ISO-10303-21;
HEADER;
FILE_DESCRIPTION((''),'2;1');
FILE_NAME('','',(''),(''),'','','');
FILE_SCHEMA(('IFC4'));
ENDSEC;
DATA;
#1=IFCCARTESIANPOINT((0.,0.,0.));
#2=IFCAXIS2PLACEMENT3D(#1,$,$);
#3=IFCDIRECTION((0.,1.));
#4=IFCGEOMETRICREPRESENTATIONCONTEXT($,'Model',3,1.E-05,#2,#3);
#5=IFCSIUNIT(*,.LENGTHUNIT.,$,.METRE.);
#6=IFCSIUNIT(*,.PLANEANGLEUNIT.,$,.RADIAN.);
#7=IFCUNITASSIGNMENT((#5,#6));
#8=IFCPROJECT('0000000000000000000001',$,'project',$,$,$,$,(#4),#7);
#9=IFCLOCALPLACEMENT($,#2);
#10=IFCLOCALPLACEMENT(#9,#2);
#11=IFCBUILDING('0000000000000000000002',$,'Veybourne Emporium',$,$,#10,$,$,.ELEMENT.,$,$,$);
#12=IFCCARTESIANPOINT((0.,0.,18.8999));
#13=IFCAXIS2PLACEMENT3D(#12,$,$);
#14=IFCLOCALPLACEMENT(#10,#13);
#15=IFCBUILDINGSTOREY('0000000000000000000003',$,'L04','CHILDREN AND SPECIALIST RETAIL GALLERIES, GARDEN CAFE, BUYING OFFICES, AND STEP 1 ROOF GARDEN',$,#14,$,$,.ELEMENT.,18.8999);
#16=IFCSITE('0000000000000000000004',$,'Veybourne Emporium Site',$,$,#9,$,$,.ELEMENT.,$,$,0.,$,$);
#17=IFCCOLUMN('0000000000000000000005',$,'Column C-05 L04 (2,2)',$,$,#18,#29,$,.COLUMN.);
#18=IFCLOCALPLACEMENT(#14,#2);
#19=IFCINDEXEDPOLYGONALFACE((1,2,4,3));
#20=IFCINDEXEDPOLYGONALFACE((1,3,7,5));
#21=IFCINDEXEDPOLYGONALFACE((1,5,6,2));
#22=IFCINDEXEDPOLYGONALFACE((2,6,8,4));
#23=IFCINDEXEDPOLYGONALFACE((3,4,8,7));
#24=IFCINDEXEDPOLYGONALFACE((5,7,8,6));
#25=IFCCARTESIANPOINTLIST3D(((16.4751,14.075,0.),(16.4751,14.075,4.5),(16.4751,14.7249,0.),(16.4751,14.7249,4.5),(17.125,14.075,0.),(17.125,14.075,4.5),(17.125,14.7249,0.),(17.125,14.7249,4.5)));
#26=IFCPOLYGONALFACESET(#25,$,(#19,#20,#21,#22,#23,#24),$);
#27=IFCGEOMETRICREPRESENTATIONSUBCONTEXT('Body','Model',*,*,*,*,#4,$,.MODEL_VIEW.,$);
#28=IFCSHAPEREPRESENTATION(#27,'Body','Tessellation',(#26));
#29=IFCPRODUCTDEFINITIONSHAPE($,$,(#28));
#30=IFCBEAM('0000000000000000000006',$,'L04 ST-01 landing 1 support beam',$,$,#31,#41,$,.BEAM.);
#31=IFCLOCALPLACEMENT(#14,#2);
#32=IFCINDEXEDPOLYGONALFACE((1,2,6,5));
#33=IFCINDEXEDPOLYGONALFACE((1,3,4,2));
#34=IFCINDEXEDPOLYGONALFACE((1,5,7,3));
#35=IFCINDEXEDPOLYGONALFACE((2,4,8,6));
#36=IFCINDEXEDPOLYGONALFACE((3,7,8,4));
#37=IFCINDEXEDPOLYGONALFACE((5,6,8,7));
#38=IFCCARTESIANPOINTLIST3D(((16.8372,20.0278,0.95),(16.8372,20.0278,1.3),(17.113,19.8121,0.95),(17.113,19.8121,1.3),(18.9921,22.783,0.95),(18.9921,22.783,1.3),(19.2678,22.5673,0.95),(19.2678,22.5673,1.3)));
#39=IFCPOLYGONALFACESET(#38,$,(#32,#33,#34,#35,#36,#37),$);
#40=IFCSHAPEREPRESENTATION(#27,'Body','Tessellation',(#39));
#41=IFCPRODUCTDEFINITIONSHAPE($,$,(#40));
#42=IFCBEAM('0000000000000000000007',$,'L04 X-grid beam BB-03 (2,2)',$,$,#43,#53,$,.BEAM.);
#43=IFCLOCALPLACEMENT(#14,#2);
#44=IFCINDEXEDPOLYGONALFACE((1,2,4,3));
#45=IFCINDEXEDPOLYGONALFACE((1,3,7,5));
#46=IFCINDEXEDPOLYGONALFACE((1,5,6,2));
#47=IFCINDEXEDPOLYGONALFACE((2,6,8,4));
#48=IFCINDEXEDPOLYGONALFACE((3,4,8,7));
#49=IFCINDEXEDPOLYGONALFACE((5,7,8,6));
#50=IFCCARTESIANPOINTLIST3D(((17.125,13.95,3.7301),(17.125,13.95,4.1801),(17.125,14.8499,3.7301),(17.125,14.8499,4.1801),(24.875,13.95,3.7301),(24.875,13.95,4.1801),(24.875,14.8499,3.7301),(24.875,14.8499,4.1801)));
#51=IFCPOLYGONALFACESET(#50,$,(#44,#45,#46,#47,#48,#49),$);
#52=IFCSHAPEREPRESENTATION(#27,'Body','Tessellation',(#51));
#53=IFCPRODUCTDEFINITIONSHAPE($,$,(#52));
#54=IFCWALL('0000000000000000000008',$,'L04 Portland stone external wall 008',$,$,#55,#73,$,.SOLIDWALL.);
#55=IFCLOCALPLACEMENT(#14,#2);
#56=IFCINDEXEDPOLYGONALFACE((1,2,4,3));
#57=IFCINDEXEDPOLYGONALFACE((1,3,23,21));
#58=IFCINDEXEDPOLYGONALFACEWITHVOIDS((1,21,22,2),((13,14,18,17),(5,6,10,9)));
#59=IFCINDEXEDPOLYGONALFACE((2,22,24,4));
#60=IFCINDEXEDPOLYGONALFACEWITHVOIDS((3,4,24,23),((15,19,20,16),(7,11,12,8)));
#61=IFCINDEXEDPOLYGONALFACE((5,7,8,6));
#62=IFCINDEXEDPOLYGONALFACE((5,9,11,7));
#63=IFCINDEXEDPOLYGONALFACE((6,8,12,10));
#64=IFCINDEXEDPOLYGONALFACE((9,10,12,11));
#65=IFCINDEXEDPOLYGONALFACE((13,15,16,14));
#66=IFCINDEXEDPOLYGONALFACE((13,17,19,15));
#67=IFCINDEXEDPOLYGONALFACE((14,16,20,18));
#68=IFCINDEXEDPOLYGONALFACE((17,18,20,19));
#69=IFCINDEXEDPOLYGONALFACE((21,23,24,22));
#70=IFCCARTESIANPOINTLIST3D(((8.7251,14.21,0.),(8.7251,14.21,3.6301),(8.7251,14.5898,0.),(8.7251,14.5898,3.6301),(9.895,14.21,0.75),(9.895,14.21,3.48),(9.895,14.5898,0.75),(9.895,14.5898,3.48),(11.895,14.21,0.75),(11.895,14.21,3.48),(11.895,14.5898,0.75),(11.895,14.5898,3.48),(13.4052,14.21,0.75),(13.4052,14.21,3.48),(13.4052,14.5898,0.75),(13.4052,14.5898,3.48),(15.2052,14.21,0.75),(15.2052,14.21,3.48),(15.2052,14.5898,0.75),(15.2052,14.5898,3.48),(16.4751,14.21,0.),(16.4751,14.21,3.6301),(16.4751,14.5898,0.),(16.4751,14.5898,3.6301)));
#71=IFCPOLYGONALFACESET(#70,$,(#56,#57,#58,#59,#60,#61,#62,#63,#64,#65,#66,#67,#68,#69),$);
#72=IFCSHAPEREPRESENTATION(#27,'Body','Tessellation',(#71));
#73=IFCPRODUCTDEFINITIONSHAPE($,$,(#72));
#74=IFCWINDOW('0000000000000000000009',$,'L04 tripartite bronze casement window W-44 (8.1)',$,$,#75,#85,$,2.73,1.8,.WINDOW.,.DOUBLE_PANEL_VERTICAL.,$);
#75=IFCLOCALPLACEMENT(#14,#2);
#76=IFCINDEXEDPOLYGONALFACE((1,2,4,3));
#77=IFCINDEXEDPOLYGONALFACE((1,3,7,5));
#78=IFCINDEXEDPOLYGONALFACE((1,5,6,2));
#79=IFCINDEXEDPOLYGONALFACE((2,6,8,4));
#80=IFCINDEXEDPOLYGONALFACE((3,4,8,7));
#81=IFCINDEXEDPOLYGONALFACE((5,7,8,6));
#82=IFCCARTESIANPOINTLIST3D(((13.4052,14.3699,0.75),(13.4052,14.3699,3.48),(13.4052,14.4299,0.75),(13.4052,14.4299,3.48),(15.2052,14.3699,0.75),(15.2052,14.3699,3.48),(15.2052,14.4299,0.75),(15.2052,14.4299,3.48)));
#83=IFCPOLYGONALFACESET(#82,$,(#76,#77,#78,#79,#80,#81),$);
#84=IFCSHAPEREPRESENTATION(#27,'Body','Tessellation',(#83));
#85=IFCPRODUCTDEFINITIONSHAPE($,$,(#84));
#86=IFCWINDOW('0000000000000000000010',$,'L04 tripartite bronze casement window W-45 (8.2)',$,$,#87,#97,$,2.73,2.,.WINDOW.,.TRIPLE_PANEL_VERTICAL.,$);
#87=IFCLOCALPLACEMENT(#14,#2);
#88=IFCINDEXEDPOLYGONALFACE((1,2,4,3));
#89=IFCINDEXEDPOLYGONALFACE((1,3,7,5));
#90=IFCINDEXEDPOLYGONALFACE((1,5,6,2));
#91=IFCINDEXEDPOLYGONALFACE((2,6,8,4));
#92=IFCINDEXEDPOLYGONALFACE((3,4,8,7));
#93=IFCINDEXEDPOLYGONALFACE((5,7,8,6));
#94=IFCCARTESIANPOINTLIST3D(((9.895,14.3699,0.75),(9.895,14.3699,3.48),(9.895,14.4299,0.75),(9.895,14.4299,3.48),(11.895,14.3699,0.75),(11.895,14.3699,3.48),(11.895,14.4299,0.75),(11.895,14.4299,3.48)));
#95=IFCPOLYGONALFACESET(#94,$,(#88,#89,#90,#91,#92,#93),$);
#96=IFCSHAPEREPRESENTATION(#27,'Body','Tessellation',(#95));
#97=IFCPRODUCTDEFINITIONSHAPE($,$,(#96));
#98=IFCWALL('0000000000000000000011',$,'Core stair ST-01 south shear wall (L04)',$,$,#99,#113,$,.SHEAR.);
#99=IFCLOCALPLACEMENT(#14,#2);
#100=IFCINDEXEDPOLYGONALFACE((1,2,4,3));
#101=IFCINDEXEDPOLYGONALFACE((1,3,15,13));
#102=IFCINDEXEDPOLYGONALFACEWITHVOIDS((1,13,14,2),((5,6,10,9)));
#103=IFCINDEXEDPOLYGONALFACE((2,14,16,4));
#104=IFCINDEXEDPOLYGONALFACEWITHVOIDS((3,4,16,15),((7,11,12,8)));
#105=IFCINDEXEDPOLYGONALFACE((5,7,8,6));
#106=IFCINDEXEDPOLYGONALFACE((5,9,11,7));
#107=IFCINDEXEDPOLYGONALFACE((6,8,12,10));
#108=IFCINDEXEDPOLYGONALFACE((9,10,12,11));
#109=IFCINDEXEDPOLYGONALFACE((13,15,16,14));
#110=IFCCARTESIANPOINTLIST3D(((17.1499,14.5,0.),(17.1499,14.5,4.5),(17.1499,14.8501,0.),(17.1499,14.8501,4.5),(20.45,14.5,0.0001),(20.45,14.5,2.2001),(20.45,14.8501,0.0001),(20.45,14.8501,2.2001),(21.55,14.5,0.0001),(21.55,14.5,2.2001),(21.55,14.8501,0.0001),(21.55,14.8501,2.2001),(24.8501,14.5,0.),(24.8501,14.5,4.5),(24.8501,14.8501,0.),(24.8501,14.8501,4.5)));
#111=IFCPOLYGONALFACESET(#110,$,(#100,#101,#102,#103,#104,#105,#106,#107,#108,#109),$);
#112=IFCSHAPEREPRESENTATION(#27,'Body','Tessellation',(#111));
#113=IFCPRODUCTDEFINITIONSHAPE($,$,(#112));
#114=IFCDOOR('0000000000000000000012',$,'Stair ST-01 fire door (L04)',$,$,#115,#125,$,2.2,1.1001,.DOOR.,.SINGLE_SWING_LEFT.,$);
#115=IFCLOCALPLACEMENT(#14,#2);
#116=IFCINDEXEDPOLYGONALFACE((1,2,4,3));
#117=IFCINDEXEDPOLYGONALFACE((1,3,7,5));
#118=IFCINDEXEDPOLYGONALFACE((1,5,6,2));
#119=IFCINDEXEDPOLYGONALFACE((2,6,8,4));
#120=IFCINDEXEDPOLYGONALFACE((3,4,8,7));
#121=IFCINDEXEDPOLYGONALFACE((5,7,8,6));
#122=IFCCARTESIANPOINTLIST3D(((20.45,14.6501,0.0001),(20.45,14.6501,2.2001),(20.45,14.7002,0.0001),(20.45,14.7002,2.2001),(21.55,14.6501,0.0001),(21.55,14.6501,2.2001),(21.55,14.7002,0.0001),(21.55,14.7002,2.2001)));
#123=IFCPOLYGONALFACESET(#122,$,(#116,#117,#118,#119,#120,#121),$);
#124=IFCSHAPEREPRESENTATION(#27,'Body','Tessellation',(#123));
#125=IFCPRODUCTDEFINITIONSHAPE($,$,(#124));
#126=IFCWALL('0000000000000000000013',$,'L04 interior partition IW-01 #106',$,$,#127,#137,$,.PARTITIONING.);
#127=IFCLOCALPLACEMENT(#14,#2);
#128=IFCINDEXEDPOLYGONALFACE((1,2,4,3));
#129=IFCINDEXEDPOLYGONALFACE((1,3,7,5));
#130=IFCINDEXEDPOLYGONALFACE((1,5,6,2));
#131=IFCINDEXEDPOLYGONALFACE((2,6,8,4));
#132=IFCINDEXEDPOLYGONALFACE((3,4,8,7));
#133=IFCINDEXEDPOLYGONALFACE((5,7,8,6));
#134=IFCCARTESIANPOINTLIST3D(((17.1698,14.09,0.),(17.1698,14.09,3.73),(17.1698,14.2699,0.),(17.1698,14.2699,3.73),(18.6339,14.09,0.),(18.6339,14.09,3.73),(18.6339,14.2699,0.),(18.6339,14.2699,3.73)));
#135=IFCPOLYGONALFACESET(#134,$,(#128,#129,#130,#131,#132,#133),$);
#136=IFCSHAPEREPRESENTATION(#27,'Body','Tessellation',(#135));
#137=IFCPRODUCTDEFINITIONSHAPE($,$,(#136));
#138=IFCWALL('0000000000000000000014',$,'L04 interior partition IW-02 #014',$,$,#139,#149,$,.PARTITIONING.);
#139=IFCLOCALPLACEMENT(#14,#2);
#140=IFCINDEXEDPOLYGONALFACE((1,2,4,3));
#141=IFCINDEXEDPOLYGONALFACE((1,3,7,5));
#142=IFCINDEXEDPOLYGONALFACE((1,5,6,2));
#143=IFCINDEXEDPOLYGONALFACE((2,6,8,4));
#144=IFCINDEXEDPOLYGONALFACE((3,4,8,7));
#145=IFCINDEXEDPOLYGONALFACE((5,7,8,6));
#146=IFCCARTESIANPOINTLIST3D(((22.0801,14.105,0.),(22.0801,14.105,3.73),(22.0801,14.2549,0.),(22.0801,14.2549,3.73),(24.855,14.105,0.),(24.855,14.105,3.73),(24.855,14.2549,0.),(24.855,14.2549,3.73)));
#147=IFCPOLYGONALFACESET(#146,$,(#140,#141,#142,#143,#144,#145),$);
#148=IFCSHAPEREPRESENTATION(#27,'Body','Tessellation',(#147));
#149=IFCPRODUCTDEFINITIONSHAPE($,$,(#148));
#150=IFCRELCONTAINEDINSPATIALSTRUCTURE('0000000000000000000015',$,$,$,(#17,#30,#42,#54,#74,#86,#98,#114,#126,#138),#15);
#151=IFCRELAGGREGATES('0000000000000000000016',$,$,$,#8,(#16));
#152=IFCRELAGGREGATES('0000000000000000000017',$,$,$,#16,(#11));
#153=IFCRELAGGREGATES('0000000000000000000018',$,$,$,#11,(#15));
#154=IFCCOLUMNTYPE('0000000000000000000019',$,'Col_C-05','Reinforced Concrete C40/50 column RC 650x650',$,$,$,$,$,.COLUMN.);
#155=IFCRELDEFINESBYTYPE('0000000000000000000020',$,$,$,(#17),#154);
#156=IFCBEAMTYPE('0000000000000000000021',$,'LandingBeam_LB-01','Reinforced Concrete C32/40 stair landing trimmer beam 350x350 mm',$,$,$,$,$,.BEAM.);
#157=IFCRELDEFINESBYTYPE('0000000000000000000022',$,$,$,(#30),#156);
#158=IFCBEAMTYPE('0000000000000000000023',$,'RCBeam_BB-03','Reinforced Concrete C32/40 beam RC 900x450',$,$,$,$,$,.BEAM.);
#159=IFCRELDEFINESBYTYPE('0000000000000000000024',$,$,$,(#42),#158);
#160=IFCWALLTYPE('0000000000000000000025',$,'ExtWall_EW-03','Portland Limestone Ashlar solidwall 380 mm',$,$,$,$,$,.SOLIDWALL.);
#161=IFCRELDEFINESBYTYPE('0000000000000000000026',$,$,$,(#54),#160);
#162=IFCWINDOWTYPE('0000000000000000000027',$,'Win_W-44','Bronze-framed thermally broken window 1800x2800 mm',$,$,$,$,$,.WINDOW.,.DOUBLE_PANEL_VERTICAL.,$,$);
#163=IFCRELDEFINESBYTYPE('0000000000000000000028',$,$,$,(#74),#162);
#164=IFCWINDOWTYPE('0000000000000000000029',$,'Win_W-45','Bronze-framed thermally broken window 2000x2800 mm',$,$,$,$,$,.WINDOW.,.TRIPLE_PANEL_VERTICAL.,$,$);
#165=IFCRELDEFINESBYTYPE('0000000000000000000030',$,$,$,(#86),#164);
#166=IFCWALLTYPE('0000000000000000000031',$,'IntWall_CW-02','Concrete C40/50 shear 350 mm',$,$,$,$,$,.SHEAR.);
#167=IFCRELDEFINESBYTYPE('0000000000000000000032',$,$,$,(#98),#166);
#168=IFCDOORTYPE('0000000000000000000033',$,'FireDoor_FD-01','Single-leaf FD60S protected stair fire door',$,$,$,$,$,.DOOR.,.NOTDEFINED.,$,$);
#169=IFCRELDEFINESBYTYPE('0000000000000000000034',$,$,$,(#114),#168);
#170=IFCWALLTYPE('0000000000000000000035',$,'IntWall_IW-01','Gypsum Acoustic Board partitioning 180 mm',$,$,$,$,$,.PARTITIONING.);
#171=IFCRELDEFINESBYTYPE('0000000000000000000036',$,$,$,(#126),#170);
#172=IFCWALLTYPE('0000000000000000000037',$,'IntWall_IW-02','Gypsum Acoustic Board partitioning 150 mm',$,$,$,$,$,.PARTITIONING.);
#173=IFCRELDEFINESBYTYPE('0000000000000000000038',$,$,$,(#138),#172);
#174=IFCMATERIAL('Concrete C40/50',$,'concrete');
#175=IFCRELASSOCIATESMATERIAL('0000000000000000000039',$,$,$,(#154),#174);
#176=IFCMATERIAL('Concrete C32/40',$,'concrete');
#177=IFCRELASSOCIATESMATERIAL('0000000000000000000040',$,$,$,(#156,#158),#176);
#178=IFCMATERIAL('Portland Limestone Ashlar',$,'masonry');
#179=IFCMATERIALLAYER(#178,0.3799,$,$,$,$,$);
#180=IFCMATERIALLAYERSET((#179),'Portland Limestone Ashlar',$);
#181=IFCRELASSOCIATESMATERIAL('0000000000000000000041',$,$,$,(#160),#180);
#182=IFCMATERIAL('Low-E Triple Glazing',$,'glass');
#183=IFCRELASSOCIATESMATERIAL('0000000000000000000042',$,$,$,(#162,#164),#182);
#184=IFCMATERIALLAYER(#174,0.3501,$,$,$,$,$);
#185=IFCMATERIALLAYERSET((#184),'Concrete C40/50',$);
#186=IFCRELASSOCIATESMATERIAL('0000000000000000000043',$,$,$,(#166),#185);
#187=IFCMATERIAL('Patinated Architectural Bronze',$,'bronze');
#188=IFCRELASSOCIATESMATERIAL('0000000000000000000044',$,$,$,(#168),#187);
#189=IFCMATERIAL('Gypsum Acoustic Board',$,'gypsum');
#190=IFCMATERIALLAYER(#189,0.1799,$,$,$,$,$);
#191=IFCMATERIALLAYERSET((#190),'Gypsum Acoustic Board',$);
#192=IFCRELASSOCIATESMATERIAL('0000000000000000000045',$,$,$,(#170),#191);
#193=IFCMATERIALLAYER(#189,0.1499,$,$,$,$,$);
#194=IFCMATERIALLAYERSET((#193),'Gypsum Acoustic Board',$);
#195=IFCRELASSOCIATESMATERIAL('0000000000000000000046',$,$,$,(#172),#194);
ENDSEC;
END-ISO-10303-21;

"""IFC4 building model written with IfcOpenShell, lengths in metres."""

from ifc_helpers import new_model, si_unit, direction, frame, frame_2d, origin, origin_2d, place, context, subcontext, project, spatial, rectangle, extrude, material, layer, layer_set, material_profile, profile_set, type_object, element, fill, save


model = new_model("IFC4")

# Units and contexts
model_context = context("Model", 3, precision=1e-05, world=origin(), true_north=direction((0.0, 1.0)))
body_context = subcontext(model_context, "Body", "Model", "MODEL_VIEW")
ifc_project = project(units=[si_unit("LENGTHUNIT", "METRE"), si_unit("PLANEANGLEUNIT", "RADIAN")], contexts=[model_context])

# Site, building, storey
site_placement = place(None, origin())
site = spatial("IfcSite", under=ifc_project, at=site_placement, Name="Veybourne Emporium Site", CompositionType="ELEMENT", RefElevation=0.0)
building_placement = place(site_placement, origin())
building = spatial("IfcBuilding", under=site, at=building_placement, Name="Veybourne Emporium", CompositionType="ELEMENT")
storey_placement = place(building_placement, frame((0.0, 0.0, 18.8999)))
storey = spatial("IfcBuildingStorey", under=building, at=storey_placement, Name="L04", Description="CHILDREN AND SPECIALIST RETAIL GALLERIES, GARDEN CAFE, BUYING OFFICES, AND STEP 1 ROOF GARDEN", CompositionType="ELEMENT", Elevation=18.8999)

# Column
ifc_material_1 = material(Name="Concrete C40/50", Category="concrete")
ifc_material_profile_1 = material_profile(ifc_material_1, rectangle(XDim=0.6499, YDim=0.6499, at=origin_2d()), Name="RC 650x650")
ifc_profile_set_1 = profile_set([ifc_material_profile_1], Name="Concrete C40/50")
column_type = type_object("IfcColumnType", Name="Col_C-05", Description="Reinforced Concrete C40/50 column RC 650x650", PredefinedType="COLUMN", material=ifc_profile_set_1)
column_placement = place(storey_placement, frame((16.8, 14.3999, 0.0), z_axis=(0.0, 0.0, 1.0), x_axis=(1.0, 0.0, 0.0)))
element("IfcColumn", 1, at=column_placement, inside=storey, type_object=column_type, Name="Column C-05 L04 (2,2)", PredefinedType="COLUMN", context=body_context, shape_type="SweptSolid", body=[
    extrude(rectangle(XDim=0.6499, YDim=0.6499, at=origin_2d()), origin(), (0.0, 0.0, 1.0), 4.5),
])

# Beams
ifc_material_2 = material(Name="Concrete C32/40", Category="concrete")
ifc_material_profile_2 = material_profile(ifc_material_2, rectangle(XDim=0.3501, YDim=0.3501, at=origin_2d()), Name="RC 350x350")
ifc_profile_set_2 = profile_set([ifc_material_profile_2], Name="Concrete C32/40")
beam_type_1 = type_object("IfcBeamType", Name="LandingBeam_LB-01", Description="Reinforced Concrete C32/40 stair landing trimmer beam 350x350 mm", PredefinedType="BEAM", material=ifc_profile_set_2)
beam_1_placement = place(storey_placement, frame((16.9751, 19.9199, 1.125), z_axis=(0.61606, 0.787699, 0.0), x_axis=(-0.787699, 0.61606, 0.0)))
element("IfcBeam", 2, at=beam_1_placement, inside=storey, type_object=beam_type_1, Name="L04 ST-01 landing 1 support beam", PredefinedType="BEAM", context=body_context, shape_type="SweptSolid", body=[
    extrude(rectangle(XDim=0.3501, YDim=0.3501, at=origin_2d()), origin(), (0.0, 0.0, 1.0), 3.4978),
])
ifc_material_profile_3 = material_profile(ifc_material_2, rectangle(XDim=0.8999, YDim=0.45, at=origin_2d()), Name="RC 900x450")
ifc_profile_set_3 = profile_set([ifc_material_profile_3], Name="Concrete C32/40")
beam_type_2 = type_object("IfcBeamType", Name="RCBeam_BB-03", Description="Reinforced Concrete C32/40 beam RC 900x450", PredefinedType="BEAM", material=ifc_profile_set_3)
beam_2_placement = place(storey_placement, frame((17.125, 14.3999, 3.9551), z_axis=(1.0, 0.0, 0.0), x_axis=(0.0, 1.0, 0.0)))
element("IfcBeam", 3, at=beam_2_placement, inside=storey, type_object=beam_type_2, Name="L04 X-grid beam BB-03 (2,2)", PredefinedType="BEAM", context=body_context, shape_type="SweptSolid", body=[
    extrude(rectangle(XDim=0.8999, YDim=0.45, at=origin_2d()), origin(), (0.0, 0.0, 1.0), 7.75),
])

# Wall, openings, windows
ifc_material_3 = material(Name="Portland Limestone Ashlar", Category="masonry")
ifc_layer_1 = layer(ifc_material_3, 0.3799)
ifc_layer_set_1 = layer_set([ifc_layer_1], Name="Portland Limestone Ashlar")
wall_type_1 = type_object("IfcWallType", Name="ExtWall_EW-03", Description="Portland Limestone Ashlar solidwall 380 mm", PredefinedType="SOLIDWALL", material=ifc_layer_set_1)
wall_1_placement = place(storey_placement, frame((16.4751, 14.3999, 0.0), z_axis=(0.0, 0.0, 1.0), x_axis=(-1.0, 0.0, 0.0)))
wall_1 = element("IfcWall", 4, at=wall_1_placement, inside=storey, type_object=wall_type_1, Name="L04 Portland stone external wall 008", PredefinedType="SOLIDWALL", context=body_context, shape_type="SweptSolid", body=[
    extrude(rectangle(XDim=7.75, YDim=0.3799, at=frame_2d((3.875, 0.0))), origin(), (0.0, 0.0, 1.0), 3.6301),
])
opening_1_placement = place(wall_1_placement, frame((1.27, 0.0, 0.75)))
opening_1 = element("IfcOpeningElement", 5, at=opening_1_placement, cuts=wall_1, PredefinedType="OPENING", context=body_context, shape_type="SweptSolid", body=[
    extrude(rectangle(XDim=1.8, YDim=2.73, at=frame_2d((0.8999, 1.365))), frame((0.0, 0.21, 0.0), z_axis=(0.0, -1.0, 0.0), x_axis=(1.0, 0.0, 0.0)), (0.0, 0.0, 1.0), 0.4199),
])
opening_2_placement = place(wall_1_placement, frame((4.5801, 0.0, 0.75)))
opening_2 = element("IfcOpeningElement", 6, at=opening_2_placement, cuts=wall_1, PredefinedType="OPENING", context=body_context, shape_type="SweptSolid", body=[
    extrude(rectangle(XDim=2.0, YDim=2.73, at=frame_2d((1.0, 1.365))), frame((0.0, 0.21, 0.0), z_axis=(0.0, -1.0, 0.0), x_axis=(1.0, 0.0, 0.0)), (0.0, 0.0, 1.0), 0.4199),
])
ifc_material_4 = material(Name="Low-E Triple Glazing", Category="glass")
window_type_1 = type_object("IfcWindowType", Name="Win_W-44", Description="Bronze-framed thermally broken window 1800x2800 mm", PartitioningType="DOUBLE_PANEL_VERTICAL", PredefinedType="WINDOW", material=ifc_material_4)
window_1_placement = place(opening_1_placement, origin())
window_1 = element("IfcWindow", 7, at=window_1_placement, inside=storey, type_object=window_type_1, Name="L04 tripartite bronze casement window W-44 (8.1)", OverallHeight=2.73, OverallWidth=1.8, PartitioningType="DOUBLE_PANEL_VERTICAL", PredefinedType="WINDOW", context=body_context, shape_type="SweptSolid", body=[
    extrude(rectangle(XDim=1.8, YDim=2.73, at=frame_2d((0.8999, 1.365))), frame((0.0, 0.03, 0.0), z_axis=(0.0, -1.0, 0.0), x_axis=(1.0, 0.0, 0.0)), (0.0, 0.0, 1.0), 0.0601),
])
fill(opening_1, window_1)
window_type_2 = type_object("IfcWindowType", Name="Win_W-45", Description="Bronze-framed thermally broken window 2000x2800 mm", PartitioningType="TRIPLE_PANEL_VERTICAL", PredefinedType="WINDOW", material=ifc_material_4)
window_2_placement = place(opening_2_placement, origin())
window_2 = element("IfcWindow", 8, at=window_2_placement, inside=storey, type_object=window_type_2, Name="L04 tripartite bronze casement window W-45 (8.2)", OverallHeight=2.73, OverallWidth=2.0, PartitioningType="TRIPLE_PANEL_VERTICAL", PredefinedType="WINDOW", context=body_context, shape_type="SweptSolid", body=[
    extrude(rectangle(XDim=2.0, YDim=2.73, at=frame_2d((1.0, 1.365))), frame((0.0, 0.03, 0.0), z_axis=(0.0, -1.0, 0.0), x_axis=(1.0, 0.0, 0.0)), (0.0, 0.0, 1.0), 0.0601),
])
fill(opening_2, window_2)

# Wall, opening, door
ifc_layer_2 = layer(ifc_material_1, 0.3501)
ifc_layer_set_2 = layer_set([ifc_layer_2], Name="Concrete C40/50")
wall_type_2 = type_object("IfcWallType", Name="IntWall_CW-02", Description="Concrete C40/50 shear 350 mm", PredefinedType="SHEAR", material=ifc_layer_set_2)
wall_2_placement = place(storey_placement, frame((24.8501, 14.675, 0.0), z_axis=(0.0, 0.0, 1.0), x_axis=(-1.0, 0.0, 0.0)))
wall_2 = element("IfcWall", 9, at=wall_2_placement, inside=storey, type_object=wall_type_2, Name="Core stair ST-01 south shear wall (L04)", PredefinedType="SHEAR", context=body_context, shape_type="SweptSolid", body=[
    extrude(rectangle(XDim=7.7002, YDim=0.3501, at=frame_2d((3.8501, 0.0))), origin(), (0.0, 0.0, 1.0), 4.5),
])
opening_3_placement = place(wall_2_placement, frame((3.3, 0.0, 0.0)))
opening_3 = element("IfcOpeningElement", 10, at=opening_3_placement, cuts=wall_2, PredefinedType="OPENING", context=body_context, shape_type="SweptSolid", body=[
    extrude(rectangle(XDim=1.1001, YDim=2.2, at=frame_2d((0.55, 1.1001))), frame((0.0, 0.1951, 0.0), z_axis=(0.0, -1.0, 0.0), x_axis=(1.0, 0.0, 0.0)), (0.0, 0.0, 1.0), 0.3901),
])
ifc_material_5 = material(Name="Patinated Architectural Bronze", Category="bronze")
door_type = type_object("IfcDoorType", Name="FireDoor_FD-01", Description="Single-leaf FD60S protected stair fire door", OperationType="NOTDEFINED", PredefinedType="DOOR", material=ifc_material_5)
door_placement = place(opening_3_placement, origin())
door = element("IfcDoor", 11, at=door_placement, inside=storey, type_object=door_type, Name="Stair ST-01 fire door (L04)", OperationType="SINGLE_SWING_LEFT", OverallHeight=2.2, OverallWidth=1.1001, PredefinedType="DOOR", context=body_context, shape_type="SweptSolid", body=[
    extrude(rectangle(XDim=1.1001, YDim=2.2, at=frame_2d((0.55, 1.1001))), frame((0.0, 0.0249, 0.0), z_axis=(0.0, -1.0, 0.0), x_axis=(1.0, 0.0, 0.0)), (0.0, 0.0, 1.0), 0.05),
])
fill(opening_3, door)

# Walls
ifc_material_6 = material(Name="Gypsum Acoustic Board", Category="gypsum")
ifc_layer_3 = layer(ifc_material_6, 0.1799)
ifc_layer_set_3 = layer_set([ifc_layer_3], Name="Gypsum Acoustic Board")
wall_type_3 = type_object("IfcWallType", Name="IntWall_IW-01", Description="Gypsum Acoustic Board partitioning 180 mm", PredefinedType="PARTITIONING", material=ifc_layer_set_3)
wall_3_placement = place(storey_placement, frame((17.1699, 14.1799, 0.0), z_axis=(0.0, 0.0, 1.0), x_axis=(1.0, 0.0, 0.0)))
element("IfcWall", 12, at=wall_3_placement, inside=storey, type_object=wall_type_3, Name="L04 interior partition IW-01 #106", PredefinedType="PARTITIONING", context=body_context, shape_type="SweptSolid", body=[
    extrude(rectangle(XDim=1.4641, YDim=0.1799, at=frame_2d((0.7319, 0.0))), origin(), (0.0, 0.0, 1.0), 3.73),
])
ifc_layer_4 = layer(ifc_material_6, 0.1499)
ifc_layer_set_4 = layer_set([ifc_layer_4], Name="Gypsum Acoustic Board")
wall_type_4 = type_object("IfcWallType", Name="IntWall_IW-02", Description="Gypsum Acoustic Board partitioning 150 mm", PredefinedType="PARTITIONING", material=ifc_layer_set_4)
wall_4_placement = place(storey_placement, frame((22.0801, 14.1799, 0.0), z_axis=(0.0, 0.0, 1.0), x_axis=(1.0, 0.0, 0.0)))
element("IfcWall", 13, at=wall_4_placement, inside=storey, type_object=wall_type_4, Name="L04 interior partition IW-02 #014", PredefinedType="PARTITIONING", context=body_context, shape_type="SweptSolid", body=[
    extrude(rectangle(XDim=2.7749, YDim=0.1499, at=frame_2d((1.3875, 0.0))), origin(), (0.0, 0.0, 1.0), 3.73),
])

save(model, "model.ifc")
